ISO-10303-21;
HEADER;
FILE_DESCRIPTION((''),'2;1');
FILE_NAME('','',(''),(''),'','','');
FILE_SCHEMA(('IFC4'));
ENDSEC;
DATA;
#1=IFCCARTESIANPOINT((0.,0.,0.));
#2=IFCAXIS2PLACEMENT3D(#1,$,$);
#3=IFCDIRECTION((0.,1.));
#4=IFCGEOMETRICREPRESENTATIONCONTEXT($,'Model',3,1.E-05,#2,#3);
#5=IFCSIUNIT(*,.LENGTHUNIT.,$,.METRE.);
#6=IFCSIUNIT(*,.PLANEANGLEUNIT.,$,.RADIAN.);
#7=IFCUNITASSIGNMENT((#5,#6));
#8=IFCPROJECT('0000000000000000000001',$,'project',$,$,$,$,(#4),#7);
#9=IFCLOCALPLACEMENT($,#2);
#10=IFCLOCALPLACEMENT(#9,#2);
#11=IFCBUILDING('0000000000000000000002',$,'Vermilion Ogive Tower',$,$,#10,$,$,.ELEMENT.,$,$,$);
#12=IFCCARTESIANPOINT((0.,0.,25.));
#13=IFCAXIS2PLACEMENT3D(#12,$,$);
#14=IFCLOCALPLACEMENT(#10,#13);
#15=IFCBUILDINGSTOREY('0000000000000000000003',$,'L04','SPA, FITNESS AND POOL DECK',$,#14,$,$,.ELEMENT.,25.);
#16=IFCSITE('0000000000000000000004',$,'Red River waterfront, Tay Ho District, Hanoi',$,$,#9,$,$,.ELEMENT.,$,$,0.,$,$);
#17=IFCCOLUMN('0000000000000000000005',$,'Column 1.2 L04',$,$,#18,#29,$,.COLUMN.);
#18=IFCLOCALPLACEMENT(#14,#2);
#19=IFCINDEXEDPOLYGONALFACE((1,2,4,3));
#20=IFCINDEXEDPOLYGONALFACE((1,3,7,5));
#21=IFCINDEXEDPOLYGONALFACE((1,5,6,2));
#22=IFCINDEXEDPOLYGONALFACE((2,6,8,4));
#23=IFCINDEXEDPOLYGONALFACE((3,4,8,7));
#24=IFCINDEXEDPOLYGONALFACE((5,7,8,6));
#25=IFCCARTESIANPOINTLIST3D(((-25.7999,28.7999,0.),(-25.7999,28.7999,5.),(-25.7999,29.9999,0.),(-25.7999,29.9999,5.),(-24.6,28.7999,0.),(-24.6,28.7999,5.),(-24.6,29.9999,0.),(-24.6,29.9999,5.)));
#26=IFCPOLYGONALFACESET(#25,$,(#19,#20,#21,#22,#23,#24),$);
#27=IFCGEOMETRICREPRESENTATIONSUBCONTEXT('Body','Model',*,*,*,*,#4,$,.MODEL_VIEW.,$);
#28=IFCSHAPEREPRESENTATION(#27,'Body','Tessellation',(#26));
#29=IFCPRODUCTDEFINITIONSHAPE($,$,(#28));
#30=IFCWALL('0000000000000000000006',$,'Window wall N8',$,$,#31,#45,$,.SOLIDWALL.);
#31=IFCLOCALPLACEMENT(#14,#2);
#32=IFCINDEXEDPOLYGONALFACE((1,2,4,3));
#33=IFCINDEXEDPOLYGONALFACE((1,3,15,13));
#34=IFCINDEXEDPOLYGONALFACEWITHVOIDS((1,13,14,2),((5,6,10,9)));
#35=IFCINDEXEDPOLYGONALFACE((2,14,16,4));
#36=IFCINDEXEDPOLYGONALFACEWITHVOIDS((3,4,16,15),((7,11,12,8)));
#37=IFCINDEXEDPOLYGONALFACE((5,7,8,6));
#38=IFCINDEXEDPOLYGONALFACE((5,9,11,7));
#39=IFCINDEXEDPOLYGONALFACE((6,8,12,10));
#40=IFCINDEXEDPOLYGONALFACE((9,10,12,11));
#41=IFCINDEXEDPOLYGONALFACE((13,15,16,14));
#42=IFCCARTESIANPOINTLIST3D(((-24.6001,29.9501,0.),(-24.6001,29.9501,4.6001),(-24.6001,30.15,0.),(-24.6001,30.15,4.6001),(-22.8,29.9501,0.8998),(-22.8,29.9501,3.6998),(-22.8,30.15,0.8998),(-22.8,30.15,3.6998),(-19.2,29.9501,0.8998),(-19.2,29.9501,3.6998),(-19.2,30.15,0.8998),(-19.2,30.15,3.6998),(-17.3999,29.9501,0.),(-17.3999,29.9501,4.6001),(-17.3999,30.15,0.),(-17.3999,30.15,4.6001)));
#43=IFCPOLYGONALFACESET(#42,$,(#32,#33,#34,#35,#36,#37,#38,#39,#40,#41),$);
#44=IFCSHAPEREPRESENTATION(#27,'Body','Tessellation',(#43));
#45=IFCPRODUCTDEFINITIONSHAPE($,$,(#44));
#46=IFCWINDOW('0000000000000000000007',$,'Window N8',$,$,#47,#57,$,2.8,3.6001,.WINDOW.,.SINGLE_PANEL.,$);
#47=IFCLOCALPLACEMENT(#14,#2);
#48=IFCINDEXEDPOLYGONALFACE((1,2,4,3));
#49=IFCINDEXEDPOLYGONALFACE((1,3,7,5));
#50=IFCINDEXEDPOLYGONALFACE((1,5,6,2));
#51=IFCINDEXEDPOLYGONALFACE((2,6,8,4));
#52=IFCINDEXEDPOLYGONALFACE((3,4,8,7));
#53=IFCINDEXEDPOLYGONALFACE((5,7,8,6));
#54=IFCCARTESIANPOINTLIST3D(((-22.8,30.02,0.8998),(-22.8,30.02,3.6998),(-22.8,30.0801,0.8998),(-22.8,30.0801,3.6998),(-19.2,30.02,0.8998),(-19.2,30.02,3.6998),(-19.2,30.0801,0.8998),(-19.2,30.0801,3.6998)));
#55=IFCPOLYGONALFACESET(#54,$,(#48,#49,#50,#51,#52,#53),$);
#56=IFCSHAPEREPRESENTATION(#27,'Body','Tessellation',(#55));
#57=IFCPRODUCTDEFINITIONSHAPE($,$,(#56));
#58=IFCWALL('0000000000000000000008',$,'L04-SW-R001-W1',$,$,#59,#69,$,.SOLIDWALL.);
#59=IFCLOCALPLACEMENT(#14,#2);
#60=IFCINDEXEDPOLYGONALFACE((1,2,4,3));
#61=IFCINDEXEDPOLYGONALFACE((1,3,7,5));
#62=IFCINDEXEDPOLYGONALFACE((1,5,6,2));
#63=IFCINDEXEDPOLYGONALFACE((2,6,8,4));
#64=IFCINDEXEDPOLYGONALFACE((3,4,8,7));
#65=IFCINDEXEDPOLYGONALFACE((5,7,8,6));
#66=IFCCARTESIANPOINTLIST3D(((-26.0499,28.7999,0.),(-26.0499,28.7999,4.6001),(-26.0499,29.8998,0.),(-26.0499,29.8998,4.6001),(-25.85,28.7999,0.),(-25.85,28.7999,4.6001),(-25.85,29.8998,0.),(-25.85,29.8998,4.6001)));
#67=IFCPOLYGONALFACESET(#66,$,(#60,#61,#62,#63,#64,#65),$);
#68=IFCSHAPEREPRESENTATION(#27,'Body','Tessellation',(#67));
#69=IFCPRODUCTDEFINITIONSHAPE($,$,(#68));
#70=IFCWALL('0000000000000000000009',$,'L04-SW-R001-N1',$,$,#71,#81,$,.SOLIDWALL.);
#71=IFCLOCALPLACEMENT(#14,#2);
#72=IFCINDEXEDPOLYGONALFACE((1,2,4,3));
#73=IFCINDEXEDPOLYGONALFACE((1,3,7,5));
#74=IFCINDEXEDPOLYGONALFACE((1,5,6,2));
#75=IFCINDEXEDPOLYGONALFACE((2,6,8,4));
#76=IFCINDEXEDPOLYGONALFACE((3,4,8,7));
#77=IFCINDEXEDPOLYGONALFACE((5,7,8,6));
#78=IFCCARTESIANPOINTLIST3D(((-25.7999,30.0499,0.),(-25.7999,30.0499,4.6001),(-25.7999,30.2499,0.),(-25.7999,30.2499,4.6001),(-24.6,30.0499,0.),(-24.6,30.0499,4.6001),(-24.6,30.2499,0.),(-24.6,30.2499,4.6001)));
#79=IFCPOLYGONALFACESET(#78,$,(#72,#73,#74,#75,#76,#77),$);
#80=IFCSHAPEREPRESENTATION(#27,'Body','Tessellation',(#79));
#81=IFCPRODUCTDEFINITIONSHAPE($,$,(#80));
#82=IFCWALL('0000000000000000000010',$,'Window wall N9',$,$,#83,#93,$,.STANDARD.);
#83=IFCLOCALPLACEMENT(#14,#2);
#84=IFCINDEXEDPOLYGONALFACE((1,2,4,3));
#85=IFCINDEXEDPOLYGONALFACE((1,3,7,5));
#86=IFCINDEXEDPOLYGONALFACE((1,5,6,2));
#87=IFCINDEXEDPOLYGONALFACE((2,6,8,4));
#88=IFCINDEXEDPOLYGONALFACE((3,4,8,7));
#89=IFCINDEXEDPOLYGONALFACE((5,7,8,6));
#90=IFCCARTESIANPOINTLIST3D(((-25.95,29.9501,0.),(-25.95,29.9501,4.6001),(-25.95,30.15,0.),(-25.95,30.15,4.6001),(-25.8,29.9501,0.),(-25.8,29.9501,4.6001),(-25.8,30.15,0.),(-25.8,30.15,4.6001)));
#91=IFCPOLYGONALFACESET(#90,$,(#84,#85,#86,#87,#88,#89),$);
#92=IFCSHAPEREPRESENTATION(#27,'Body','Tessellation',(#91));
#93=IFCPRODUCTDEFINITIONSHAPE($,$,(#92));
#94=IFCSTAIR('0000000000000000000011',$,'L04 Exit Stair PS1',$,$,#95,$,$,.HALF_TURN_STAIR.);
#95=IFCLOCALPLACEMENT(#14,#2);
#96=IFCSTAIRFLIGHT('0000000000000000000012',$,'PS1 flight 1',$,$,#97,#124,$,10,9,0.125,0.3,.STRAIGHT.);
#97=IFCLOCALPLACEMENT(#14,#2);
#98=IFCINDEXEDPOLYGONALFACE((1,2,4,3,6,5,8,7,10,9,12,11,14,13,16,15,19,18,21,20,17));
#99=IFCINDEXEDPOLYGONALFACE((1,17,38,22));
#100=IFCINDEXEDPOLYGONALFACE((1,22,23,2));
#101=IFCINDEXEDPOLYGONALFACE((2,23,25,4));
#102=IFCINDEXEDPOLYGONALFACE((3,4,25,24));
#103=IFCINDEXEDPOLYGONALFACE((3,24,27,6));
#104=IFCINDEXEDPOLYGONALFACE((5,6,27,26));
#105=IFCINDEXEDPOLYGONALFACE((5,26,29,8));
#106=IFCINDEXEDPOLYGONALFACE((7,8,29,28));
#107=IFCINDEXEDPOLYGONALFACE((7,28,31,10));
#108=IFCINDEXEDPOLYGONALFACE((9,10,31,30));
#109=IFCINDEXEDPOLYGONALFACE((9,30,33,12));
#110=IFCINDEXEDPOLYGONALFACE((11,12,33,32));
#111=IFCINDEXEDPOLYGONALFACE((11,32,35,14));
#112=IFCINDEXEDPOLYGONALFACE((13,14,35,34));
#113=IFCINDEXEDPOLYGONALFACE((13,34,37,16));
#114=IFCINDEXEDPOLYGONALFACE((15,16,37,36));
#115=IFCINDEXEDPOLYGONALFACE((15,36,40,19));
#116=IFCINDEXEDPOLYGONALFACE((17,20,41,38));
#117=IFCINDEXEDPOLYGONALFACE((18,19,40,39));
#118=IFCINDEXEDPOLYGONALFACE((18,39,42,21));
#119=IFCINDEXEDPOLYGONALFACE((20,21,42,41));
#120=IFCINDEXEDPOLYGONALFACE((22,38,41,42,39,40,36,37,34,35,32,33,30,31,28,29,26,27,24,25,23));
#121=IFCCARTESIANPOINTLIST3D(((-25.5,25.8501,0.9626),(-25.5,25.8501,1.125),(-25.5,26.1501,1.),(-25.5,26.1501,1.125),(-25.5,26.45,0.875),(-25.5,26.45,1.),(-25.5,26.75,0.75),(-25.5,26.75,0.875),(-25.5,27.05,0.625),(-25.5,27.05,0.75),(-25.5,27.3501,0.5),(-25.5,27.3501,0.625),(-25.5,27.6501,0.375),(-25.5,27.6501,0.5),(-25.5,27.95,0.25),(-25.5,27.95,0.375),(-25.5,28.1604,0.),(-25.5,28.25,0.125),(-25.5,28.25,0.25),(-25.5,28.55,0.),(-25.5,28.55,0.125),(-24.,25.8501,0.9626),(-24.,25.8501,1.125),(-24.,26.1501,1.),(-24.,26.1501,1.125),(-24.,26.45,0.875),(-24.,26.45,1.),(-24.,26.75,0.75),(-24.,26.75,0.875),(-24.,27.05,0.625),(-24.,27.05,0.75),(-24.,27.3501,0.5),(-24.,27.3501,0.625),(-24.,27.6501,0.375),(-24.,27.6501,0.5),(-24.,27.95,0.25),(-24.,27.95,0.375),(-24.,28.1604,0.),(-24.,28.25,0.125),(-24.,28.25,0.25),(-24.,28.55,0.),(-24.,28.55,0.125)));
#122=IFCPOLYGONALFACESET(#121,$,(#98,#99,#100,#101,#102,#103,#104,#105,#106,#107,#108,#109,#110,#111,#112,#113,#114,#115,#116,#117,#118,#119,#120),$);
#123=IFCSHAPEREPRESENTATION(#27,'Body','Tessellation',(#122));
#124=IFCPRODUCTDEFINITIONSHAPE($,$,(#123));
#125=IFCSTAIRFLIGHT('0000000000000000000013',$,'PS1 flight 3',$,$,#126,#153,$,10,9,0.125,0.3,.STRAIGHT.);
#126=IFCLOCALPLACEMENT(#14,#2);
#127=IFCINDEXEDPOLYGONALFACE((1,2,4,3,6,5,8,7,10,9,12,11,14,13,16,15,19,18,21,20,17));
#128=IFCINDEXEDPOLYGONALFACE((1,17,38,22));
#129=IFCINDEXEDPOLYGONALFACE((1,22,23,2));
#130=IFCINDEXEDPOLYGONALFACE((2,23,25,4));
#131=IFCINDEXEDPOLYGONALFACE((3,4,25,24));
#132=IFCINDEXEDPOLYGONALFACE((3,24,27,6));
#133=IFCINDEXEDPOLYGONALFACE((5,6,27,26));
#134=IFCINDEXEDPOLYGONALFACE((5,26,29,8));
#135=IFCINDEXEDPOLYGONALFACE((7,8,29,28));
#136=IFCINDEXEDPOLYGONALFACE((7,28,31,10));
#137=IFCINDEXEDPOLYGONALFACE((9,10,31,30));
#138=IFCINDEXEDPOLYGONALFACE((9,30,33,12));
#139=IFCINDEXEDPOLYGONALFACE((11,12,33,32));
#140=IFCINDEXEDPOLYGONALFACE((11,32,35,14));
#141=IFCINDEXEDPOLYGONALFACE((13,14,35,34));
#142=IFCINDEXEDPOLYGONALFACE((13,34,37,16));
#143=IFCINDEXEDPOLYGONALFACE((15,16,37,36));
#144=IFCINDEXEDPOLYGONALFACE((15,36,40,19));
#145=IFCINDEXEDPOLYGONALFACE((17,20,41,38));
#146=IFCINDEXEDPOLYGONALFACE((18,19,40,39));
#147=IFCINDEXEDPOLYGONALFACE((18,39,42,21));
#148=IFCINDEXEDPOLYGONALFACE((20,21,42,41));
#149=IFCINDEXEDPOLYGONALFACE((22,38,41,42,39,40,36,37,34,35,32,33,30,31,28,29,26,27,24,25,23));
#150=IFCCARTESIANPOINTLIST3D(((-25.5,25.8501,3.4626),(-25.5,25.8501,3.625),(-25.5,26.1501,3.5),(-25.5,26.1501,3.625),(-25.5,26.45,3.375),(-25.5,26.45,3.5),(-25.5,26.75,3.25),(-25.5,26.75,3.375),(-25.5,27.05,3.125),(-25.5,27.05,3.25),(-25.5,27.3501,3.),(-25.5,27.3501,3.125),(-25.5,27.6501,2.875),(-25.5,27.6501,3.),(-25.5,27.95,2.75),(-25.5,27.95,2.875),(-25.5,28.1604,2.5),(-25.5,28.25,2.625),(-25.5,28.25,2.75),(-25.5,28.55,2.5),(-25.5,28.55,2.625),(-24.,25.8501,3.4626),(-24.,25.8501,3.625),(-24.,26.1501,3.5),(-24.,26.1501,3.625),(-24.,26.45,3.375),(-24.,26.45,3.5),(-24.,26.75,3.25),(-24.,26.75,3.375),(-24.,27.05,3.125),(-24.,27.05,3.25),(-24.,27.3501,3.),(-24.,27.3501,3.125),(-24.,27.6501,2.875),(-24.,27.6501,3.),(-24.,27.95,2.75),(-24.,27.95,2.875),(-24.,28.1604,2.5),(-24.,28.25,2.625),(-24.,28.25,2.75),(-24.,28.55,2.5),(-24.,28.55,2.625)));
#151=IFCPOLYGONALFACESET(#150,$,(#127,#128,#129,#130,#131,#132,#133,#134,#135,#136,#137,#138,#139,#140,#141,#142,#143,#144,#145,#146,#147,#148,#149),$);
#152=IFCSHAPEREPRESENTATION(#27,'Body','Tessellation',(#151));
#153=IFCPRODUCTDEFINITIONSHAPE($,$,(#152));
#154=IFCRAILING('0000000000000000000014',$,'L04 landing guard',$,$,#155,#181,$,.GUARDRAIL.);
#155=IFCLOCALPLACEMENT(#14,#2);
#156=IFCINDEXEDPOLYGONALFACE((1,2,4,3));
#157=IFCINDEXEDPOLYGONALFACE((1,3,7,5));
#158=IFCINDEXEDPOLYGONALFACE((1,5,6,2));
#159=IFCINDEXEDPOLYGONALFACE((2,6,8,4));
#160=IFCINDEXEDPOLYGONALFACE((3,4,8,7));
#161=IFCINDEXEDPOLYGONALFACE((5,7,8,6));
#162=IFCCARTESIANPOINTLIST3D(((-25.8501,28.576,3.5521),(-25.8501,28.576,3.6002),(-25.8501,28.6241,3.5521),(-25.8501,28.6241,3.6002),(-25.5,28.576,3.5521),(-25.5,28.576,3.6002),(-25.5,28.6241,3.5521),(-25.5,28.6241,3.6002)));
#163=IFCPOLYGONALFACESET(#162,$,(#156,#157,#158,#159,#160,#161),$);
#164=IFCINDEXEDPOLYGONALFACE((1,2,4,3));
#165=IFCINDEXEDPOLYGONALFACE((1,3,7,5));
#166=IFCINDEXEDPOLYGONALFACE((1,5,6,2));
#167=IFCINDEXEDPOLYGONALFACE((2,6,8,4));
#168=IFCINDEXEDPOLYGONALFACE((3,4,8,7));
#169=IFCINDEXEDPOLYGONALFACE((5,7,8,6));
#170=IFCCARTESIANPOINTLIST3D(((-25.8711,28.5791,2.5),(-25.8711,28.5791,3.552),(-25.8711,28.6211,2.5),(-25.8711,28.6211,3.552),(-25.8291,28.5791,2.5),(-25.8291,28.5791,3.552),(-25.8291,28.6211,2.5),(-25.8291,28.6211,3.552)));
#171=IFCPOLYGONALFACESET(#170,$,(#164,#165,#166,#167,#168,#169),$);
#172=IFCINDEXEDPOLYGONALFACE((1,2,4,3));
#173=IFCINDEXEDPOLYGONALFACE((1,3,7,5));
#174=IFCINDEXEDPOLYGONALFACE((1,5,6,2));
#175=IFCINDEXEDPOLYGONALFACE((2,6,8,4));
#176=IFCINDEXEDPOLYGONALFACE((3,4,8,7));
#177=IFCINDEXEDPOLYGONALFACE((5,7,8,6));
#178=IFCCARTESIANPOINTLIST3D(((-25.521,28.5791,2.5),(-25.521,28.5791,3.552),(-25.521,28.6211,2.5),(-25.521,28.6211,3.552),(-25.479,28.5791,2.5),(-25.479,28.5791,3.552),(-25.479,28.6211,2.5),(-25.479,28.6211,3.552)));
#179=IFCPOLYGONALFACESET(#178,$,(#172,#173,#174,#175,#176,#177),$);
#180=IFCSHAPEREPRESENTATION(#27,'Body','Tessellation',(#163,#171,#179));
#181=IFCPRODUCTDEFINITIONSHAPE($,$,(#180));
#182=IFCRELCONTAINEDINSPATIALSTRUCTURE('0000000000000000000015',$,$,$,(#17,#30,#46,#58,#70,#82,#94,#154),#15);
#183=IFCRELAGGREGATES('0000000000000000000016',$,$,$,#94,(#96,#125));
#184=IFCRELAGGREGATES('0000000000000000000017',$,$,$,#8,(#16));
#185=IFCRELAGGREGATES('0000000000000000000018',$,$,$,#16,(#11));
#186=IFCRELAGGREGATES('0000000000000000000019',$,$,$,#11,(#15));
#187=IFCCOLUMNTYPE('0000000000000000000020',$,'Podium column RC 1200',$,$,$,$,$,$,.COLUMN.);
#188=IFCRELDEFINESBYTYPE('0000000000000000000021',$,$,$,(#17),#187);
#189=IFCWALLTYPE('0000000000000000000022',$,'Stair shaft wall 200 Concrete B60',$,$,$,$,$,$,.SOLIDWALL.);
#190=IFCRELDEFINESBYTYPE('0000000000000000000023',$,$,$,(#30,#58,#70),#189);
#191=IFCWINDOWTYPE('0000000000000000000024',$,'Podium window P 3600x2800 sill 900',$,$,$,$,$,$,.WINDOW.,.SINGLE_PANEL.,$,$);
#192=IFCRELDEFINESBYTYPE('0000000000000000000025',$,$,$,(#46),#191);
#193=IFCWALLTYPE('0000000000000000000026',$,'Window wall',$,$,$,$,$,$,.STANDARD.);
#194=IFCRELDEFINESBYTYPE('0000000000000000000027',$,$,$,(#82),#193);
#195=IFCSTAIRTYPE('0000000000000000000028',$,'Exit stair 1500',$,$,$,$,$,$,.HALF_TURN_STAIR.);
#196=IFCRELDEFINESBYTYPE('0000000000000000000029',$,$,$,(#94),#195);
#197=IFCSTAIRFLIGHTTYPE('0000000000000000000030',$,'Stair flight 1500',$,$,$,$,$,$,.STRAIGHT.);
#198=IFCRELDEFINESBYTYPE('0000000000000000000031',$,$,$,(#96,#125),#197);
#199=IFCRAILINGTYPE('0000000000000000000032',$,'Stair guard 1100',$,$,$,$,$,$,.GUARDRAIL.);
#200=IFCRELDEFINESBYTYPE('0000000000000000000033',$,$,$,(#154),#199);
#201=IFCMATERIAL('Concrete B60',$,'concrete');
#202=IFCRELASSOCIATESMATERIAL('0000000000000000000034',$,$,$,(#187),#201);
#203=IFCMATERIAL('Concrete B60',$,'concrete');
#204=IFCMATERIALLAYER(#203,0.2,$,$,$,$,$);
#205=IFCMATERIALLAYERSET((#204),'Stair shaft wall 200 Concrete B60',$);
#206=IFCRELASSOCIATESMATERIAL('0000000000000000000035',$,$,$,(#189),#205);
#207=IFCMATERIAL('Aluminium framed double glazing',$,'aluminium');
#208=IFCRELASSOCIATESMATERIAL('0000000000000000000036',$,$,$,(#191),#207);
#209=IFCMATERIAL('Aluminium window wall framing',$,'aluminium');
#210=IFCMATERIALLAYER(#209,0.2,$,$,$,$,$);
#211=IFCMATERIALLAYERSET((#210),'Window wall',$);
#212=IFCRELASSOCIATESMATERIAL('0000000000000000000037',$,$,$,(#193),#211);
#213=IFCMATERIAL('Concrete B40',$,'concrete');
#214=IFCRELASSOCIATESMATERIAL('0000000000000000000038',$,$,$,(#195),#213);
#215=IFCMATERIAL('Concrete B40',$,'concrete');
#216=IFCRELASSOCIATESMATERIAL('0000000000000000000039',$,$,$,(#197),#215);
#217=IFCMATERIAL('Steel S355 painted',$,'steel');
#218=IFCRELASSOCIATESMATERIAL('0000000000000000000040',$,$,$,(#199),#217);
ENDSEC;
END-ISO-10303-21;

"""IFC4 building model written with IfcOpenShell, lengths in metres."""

from ifc_helpers import new_model, si_unit, direction, frame, frame_2d, origin, origin_2d, place, context, subcontext, project, spatial, polyline, rectangle, outline, extrude, material, layer, layer_set, material_profile, profile_set, type_object, element, fill, aggregate, save


model = new_model("IFC4")

# Units and contexts
model_context = context("Model", 3, precision=1e-05, world=origin(), true_north=direction((0.0, 1.0)))
body_context = subcontext(model_context, "Body", "Model", "MODEL_VIEW")
ifc_project = project(units=[si_unit("LENGTHUNIT", "METRE"), si_unit("PLANEANGLEUNIT", "RADIAN")], contexts=[model_context])

# Site, building, storey
site_placement = place(None, origin())
site = spatial("IfcSite", under=ifc_project, at=site_placement, Name="Red River waterfront, Tay Ho District, Hanoi", CompositionType="ELEMENT", RefElevation=0.0)
building_placement = place(site_placement, origin())
building = spatial("IfcBuilding", under=site, at=building_placement, Name="Vermilion Ogive Tower", CompositionType="ELEMENT")
storey_placement = place(building_placement, frame((0.0, 0.0, 25.0)))
storey = spatial("IfcBuildingStorey", under=building, at=storey_placement, Name="L04", Description="SPA, FITNESS AND POOL DECK", CompositionType="ELEMENT", Elevation=25.0)

# Column
ifc_material_1 = material(Name="Concrete B60", Category="concrete")
ifc_material_profile = material_profile(ifc_material_1, rectangle(XDim=1.2, YDim=1.2, at=origin_2d()), Name="RC 1200x1200")
ifc_profile_set = profile_set([ifc_material_profile], Name="Concrete B60")
column_type = type_object("IfcColumnType", Name="Podium column RC 1200", PredefinedType="COLUMN", material=ifc_profile_set)
column_placement = place(storey_placement, frame((-25.2, 29.3999, 0.0), z_axis=(0.0, 0.0, 1.0), x_axis=(1.0, 0.0, 0.0)))
element("IfcColumn", 1, at=column_placement, inside=storey, type_object=column_type, Name="Column 1.2 L04", PredefinedType="COLUMN", context=body_context, shape_type="SweptSolid", body=[
    extrude(rectangle(XDim=1.2, YDim=1.2, at=origin_2d()), origin(), (0.0, 0.0, 1.0), 5.0),
])

# Wall, opening, window
ifc_material_2 = material(Name="Concrete B60", Category="concrete")
ifc_layer_1 = layer(ifc_material_2, 0.2)
ifc_layer_set_1 = layer_set([ifc_layer_1], Name="Stair shaft wall 200 Concrete B60")
wall_type_1 = type_object("IfcWallType", Name="Stair shaft wall 200 Concrete B60", PredefinedType="SOLIDWALL", material=ifc_layer_set_1)
wall_1_placement = place(storey_placement, frame((-24.6001, 30.05, 0.0), z_axis=(0.0, 0.0, 1.0), x_axis=(1.0, 0.0, 0.0)))
wall_1 = element("IfcWall", 2, at=wall_1_placement, inside=storey, type_object=wall_type_1, Name="Window wall N8", PredefinedType="SOLIDWALL", context=body_context, shape_type="SweptSolid", body=[
    extrude(rectangle(XDim=7.2002, YDim=0.2, at=frame_2d((3.6001, 0.0))), origin(), (0.0, 0.0, 1.0), 4.6001),
])
opening_placement = place(wall_1_placement, frame((1.8, 0.0, 0.8999)))
opening = element("IfcOpeningElement", 3, at=opening_placement, cuts=wall_1, PredefinedType="OPENING", context=body_context, shape_type="SweptSolid", body=[
    extrude(rectangle(XDim=3.6001, YDim=2.8, at=frame_2d((1.8, 1.3999))), frame((0.0, 0.1099, 0.0), z_axis=(0.0, -1.0, 0.0), x_axis=(1.0, 0.0, 0.0)), (0.0, 0.0, 1.0), 0.22),
])
ifc_material_3 = material(Name="Aluminium framed double glazing", Category="aluminium")
window_type = type_object("IfcWindowType", Name="Podium window P 3600x2800 sill 900", PartitioningType="SINGLE_PANEL", PredefinedType="WINDOW", material=ifc_material_3)
window_placement = place(opening_placement, origin())
window = element("IfcWindow", 4, at=window_placement, inside=storey, type_object=window_type, Name="Window N8", OverallHeight=2.8, OverallWidth=3.6001, PartitioningType="SINGLE_PANEL", PredefinedType="WINDOW", context=body_context, shape_type="SweptSolid", body=[
    extrude(rectangle(XDim=3.6001, YDim=2.8, at=frame_2d((1.8, 1.3999))), frame((0.0, 0.03, 0.0), z_axis=(0.0, -1.0, 0.0), x_axis=(1.0, 0.0, 0.0)), (0.0, 0.0, 1.0), 0.0601),
])
fill(opening, window)

# Walls
wall_2_placement = place(storey_placement, frame((-25.95, 28.8, 0.0), z_axis=(0.0, 0.0, 1.0), x_axis=(0.0, 1.0, 0.0)))
element("IfcWall", 5, at=wall_2_placement, inside=storey, type_object=wall_type_1, Name="L04-SW-R001-W1", PredefinedType="SOLIDWALL", context=body_context, shape_type="SweptSolid", body=[
    extrude(rectangle(XDim=1.0999, YDim=0.2, at=frame_2d((0.5498, 0.0))), origin(), (0.0, 0.0, 1.0), 4.6001),
])
wall_3_placement = place(storey_placement, frame((-25.8, 30.1499, 0.0), z_axis=(0.0, 0.0, 1.0), x_axis=(1.0, 0.0, 0.0)))
element("IfcWall", 6, at=wall_3_placement, inside=storey, type_object=wall_type_1, Name="L04-SW-R001-N1", PredefinedType="SOLIDWALL", context=body_context, shape_type="SweptSolid", body=[
    extrude(rectangle(XDim=1.2, YDim=0.2, at=frame_2d((0.6001, 0.0))), origin(), (0.0, 0.0, 1.0), 4.6001),
])
ifc_material_4 = material(Name="Aluminium window wall framing", Category="aluminium")
ifc_layer_2 = layer(ifc_material_4, 0.2)
ifc_layer_set_2 = layer_set([ifc_layer_2], Name="Window wall")
wall_type_2 = type_object("IfcWallType", Name="Window wall", PredefinedType="STANDARD", material=ifc_layer_set_2)
wall_4_placement = place(storey_placement, frame((-25.8, 30.05, 0.0), z_axis=(0.0, 0.0, 1.0), x_axis=(-1.0, 0.0, 0.0)))
element("IfcWall", 7, at=wall_4_placement, inside=storey, type_object=wall_type_2, Name="Window wall N9", PredefinedType="STANDARD", context=body_context, shape_type="SweptSolid", body=[
    extrude(rectangle(XDim=0.1499, YDim=0.2, at=frame_2d((0.075, 0.0))), origin(), (0.0, 0.0, 1.0), 4.6001),
])

# Stair, stair flights
ifc_material_5 = material(Name="Concrete B40", Category="concrete")
stair_type = type_object("IfcStairType", Name="Exit stair 1500", PredefinedType="HALF_TURN_STAIR", material=ifc_material_5)
stair_placement = place(storey_placement, origin())
stair = element("IfcStair", 8, at=stair_placement, inside=storey, type_object=stair_type, Name="L04 Exit Stair PS1", PredefinedType="HALF_TURN_STAIR")
ifc_material_6 = material(Name="Concrete B40", Category="concrete")
stair_flight_type = type_object("IfcStairFlightType", Name="Stair flight 1500", PredefinedType="STRAIGHT", material=ifc_material_6)
stair_flight_1_placement = place(storey_placement, frame((-24.75, 28.55, 0.0), z_axis=(0.0, 0.0, 1.0), x_axis=(0.0, -1.0, 0.0)))
stair_flight_1 = element("IfcStairFlight", 9, at=stair_flight_1_placement, type_object=stair_flight_type, Name="PS1 flight 1", NumberOfRisers=10, NumberOfTreads=9, PredefinedType="STRAIGHT", RiserHeight=0.125, TreadLength=0.3, context=body_context, shape_type="SweptSolid", body=[
    extrude(outline(polyline([(0.0, 0.0), (0.0, 0.125), (0.3, 0.125), (0.3, 0.25), (0.6001, 0.25), (0.6001, 0.375), (0.8999, 0.375), (0.8999, 0.5), (1.2, 0.5), (1.2, 0.625), (1.5, 0.625), (1.5, 0.75), (1.8, 0.75), (1.8, 0.875), (2.1001, 0.875), (2.1001, 1.0), (2.3999, 1.0), (2.3999, 1.125), (2.7, 1.125), (2.7, 1.25), (2.7, 0.9626), (0.3896, 0.0), (0.0, 0.0)])), frame((0.0, 0.75, 0.0), z_axis=(0.0, -1.0, 0.0), x_axis=(1.0, 0.0, 0.0)), (0.0, 0.0, 1.0), 1.5),
])
stair_flight_2_placement = place(storey_placement, frame((-24.75, 28.55, 2.5), z_axis=(0.0, 0.0, 1.0), x_axis=(0.0, -1.0, 0.0)))
stair_flight_2 = element("IfcStairFlight", 10, at=stair_flight_2_placement, type_object=stair_flight_type, Name="PS1 flight 3", NumberOfRisers=10, NumberOfTreads=9, PredefinedType="STRAIGHT", RiserHeight=0.125, TreadLength=0.3, context=body_context, shape_type="SweptSolid", body=[
    extrude(outline(polyline([(0.0, 0.0), (0.0, 0.125), (0.3, 0.125), (0.3, 0.25), (0.6001, 0.25), (0.6001, 0.375), (0.8999, 0.375), (0.8999, 0.5), (1.2, 0.5), (1.2, 0.625), (1.5, 0.625), (1.5, 0.75), (1.8, 0.75), (1.8, 0.875), (2.1001, 0.875), (2.1001, 1.0), (2.3999, 1.0), (2.3999, 1.125), (2.7, 1.125), (2.7, 1.25), (2.7, 0.9626), (0.3896, 0.0), (0.0, 0.0)])), frame((0.0, 0.75, 0.0), z_axis=(0.0, -1.0, 0.0), x_axis=(1.0, 0.0, 0.0)), (0.0, 0.0, 1.0), 1.5),
])
aggregate(stair, [stair_flight_1, stair_flight_2])

# Railing
ifc_material_7 = material(Name="Steel S355 painted", Category="steel")
railing_type_1 = type_object("IfcRailingType", Name="Stair guard 1100", PredefinedType="GUARDRAIL", material=ifc_material_7)
railing_1_placement = place(storey_placement, frame((-25.8501, 28.6001, 2.5)))
element("IfcRailing", 11, at=railing_1_placement, inside=storey, type_object=railing_type_1, Name="L04 landing guard", PredefinedType="GUARDRAIL", context=body_context, shape_type="SweptSolid", body=[
    extrude(rectangle(XDim=0.0481, YDim=0.0481, at=origin_2d()), frame((0.0, 0.0, 1.0762), z_axis=(1.0, 0.0, 0.0), x_axis=(0.0, 1.0, 0.0)), (0.0, 0.0, 1.0), 0.3501),
    extrude(rectangle(XDim=0.042, YDim=0.042, at=origin_2d()), origin(), (0.0, 0.0, 1.0), 1.052),
    extrude(rectangle(XDim=0.042, YDim=0.042, at=origin_2d()), frame((0.3501, 0.0, 0.0)), (0.0, 0.0, 1.0), 1.052),
])

save(model, "model.ifc")
